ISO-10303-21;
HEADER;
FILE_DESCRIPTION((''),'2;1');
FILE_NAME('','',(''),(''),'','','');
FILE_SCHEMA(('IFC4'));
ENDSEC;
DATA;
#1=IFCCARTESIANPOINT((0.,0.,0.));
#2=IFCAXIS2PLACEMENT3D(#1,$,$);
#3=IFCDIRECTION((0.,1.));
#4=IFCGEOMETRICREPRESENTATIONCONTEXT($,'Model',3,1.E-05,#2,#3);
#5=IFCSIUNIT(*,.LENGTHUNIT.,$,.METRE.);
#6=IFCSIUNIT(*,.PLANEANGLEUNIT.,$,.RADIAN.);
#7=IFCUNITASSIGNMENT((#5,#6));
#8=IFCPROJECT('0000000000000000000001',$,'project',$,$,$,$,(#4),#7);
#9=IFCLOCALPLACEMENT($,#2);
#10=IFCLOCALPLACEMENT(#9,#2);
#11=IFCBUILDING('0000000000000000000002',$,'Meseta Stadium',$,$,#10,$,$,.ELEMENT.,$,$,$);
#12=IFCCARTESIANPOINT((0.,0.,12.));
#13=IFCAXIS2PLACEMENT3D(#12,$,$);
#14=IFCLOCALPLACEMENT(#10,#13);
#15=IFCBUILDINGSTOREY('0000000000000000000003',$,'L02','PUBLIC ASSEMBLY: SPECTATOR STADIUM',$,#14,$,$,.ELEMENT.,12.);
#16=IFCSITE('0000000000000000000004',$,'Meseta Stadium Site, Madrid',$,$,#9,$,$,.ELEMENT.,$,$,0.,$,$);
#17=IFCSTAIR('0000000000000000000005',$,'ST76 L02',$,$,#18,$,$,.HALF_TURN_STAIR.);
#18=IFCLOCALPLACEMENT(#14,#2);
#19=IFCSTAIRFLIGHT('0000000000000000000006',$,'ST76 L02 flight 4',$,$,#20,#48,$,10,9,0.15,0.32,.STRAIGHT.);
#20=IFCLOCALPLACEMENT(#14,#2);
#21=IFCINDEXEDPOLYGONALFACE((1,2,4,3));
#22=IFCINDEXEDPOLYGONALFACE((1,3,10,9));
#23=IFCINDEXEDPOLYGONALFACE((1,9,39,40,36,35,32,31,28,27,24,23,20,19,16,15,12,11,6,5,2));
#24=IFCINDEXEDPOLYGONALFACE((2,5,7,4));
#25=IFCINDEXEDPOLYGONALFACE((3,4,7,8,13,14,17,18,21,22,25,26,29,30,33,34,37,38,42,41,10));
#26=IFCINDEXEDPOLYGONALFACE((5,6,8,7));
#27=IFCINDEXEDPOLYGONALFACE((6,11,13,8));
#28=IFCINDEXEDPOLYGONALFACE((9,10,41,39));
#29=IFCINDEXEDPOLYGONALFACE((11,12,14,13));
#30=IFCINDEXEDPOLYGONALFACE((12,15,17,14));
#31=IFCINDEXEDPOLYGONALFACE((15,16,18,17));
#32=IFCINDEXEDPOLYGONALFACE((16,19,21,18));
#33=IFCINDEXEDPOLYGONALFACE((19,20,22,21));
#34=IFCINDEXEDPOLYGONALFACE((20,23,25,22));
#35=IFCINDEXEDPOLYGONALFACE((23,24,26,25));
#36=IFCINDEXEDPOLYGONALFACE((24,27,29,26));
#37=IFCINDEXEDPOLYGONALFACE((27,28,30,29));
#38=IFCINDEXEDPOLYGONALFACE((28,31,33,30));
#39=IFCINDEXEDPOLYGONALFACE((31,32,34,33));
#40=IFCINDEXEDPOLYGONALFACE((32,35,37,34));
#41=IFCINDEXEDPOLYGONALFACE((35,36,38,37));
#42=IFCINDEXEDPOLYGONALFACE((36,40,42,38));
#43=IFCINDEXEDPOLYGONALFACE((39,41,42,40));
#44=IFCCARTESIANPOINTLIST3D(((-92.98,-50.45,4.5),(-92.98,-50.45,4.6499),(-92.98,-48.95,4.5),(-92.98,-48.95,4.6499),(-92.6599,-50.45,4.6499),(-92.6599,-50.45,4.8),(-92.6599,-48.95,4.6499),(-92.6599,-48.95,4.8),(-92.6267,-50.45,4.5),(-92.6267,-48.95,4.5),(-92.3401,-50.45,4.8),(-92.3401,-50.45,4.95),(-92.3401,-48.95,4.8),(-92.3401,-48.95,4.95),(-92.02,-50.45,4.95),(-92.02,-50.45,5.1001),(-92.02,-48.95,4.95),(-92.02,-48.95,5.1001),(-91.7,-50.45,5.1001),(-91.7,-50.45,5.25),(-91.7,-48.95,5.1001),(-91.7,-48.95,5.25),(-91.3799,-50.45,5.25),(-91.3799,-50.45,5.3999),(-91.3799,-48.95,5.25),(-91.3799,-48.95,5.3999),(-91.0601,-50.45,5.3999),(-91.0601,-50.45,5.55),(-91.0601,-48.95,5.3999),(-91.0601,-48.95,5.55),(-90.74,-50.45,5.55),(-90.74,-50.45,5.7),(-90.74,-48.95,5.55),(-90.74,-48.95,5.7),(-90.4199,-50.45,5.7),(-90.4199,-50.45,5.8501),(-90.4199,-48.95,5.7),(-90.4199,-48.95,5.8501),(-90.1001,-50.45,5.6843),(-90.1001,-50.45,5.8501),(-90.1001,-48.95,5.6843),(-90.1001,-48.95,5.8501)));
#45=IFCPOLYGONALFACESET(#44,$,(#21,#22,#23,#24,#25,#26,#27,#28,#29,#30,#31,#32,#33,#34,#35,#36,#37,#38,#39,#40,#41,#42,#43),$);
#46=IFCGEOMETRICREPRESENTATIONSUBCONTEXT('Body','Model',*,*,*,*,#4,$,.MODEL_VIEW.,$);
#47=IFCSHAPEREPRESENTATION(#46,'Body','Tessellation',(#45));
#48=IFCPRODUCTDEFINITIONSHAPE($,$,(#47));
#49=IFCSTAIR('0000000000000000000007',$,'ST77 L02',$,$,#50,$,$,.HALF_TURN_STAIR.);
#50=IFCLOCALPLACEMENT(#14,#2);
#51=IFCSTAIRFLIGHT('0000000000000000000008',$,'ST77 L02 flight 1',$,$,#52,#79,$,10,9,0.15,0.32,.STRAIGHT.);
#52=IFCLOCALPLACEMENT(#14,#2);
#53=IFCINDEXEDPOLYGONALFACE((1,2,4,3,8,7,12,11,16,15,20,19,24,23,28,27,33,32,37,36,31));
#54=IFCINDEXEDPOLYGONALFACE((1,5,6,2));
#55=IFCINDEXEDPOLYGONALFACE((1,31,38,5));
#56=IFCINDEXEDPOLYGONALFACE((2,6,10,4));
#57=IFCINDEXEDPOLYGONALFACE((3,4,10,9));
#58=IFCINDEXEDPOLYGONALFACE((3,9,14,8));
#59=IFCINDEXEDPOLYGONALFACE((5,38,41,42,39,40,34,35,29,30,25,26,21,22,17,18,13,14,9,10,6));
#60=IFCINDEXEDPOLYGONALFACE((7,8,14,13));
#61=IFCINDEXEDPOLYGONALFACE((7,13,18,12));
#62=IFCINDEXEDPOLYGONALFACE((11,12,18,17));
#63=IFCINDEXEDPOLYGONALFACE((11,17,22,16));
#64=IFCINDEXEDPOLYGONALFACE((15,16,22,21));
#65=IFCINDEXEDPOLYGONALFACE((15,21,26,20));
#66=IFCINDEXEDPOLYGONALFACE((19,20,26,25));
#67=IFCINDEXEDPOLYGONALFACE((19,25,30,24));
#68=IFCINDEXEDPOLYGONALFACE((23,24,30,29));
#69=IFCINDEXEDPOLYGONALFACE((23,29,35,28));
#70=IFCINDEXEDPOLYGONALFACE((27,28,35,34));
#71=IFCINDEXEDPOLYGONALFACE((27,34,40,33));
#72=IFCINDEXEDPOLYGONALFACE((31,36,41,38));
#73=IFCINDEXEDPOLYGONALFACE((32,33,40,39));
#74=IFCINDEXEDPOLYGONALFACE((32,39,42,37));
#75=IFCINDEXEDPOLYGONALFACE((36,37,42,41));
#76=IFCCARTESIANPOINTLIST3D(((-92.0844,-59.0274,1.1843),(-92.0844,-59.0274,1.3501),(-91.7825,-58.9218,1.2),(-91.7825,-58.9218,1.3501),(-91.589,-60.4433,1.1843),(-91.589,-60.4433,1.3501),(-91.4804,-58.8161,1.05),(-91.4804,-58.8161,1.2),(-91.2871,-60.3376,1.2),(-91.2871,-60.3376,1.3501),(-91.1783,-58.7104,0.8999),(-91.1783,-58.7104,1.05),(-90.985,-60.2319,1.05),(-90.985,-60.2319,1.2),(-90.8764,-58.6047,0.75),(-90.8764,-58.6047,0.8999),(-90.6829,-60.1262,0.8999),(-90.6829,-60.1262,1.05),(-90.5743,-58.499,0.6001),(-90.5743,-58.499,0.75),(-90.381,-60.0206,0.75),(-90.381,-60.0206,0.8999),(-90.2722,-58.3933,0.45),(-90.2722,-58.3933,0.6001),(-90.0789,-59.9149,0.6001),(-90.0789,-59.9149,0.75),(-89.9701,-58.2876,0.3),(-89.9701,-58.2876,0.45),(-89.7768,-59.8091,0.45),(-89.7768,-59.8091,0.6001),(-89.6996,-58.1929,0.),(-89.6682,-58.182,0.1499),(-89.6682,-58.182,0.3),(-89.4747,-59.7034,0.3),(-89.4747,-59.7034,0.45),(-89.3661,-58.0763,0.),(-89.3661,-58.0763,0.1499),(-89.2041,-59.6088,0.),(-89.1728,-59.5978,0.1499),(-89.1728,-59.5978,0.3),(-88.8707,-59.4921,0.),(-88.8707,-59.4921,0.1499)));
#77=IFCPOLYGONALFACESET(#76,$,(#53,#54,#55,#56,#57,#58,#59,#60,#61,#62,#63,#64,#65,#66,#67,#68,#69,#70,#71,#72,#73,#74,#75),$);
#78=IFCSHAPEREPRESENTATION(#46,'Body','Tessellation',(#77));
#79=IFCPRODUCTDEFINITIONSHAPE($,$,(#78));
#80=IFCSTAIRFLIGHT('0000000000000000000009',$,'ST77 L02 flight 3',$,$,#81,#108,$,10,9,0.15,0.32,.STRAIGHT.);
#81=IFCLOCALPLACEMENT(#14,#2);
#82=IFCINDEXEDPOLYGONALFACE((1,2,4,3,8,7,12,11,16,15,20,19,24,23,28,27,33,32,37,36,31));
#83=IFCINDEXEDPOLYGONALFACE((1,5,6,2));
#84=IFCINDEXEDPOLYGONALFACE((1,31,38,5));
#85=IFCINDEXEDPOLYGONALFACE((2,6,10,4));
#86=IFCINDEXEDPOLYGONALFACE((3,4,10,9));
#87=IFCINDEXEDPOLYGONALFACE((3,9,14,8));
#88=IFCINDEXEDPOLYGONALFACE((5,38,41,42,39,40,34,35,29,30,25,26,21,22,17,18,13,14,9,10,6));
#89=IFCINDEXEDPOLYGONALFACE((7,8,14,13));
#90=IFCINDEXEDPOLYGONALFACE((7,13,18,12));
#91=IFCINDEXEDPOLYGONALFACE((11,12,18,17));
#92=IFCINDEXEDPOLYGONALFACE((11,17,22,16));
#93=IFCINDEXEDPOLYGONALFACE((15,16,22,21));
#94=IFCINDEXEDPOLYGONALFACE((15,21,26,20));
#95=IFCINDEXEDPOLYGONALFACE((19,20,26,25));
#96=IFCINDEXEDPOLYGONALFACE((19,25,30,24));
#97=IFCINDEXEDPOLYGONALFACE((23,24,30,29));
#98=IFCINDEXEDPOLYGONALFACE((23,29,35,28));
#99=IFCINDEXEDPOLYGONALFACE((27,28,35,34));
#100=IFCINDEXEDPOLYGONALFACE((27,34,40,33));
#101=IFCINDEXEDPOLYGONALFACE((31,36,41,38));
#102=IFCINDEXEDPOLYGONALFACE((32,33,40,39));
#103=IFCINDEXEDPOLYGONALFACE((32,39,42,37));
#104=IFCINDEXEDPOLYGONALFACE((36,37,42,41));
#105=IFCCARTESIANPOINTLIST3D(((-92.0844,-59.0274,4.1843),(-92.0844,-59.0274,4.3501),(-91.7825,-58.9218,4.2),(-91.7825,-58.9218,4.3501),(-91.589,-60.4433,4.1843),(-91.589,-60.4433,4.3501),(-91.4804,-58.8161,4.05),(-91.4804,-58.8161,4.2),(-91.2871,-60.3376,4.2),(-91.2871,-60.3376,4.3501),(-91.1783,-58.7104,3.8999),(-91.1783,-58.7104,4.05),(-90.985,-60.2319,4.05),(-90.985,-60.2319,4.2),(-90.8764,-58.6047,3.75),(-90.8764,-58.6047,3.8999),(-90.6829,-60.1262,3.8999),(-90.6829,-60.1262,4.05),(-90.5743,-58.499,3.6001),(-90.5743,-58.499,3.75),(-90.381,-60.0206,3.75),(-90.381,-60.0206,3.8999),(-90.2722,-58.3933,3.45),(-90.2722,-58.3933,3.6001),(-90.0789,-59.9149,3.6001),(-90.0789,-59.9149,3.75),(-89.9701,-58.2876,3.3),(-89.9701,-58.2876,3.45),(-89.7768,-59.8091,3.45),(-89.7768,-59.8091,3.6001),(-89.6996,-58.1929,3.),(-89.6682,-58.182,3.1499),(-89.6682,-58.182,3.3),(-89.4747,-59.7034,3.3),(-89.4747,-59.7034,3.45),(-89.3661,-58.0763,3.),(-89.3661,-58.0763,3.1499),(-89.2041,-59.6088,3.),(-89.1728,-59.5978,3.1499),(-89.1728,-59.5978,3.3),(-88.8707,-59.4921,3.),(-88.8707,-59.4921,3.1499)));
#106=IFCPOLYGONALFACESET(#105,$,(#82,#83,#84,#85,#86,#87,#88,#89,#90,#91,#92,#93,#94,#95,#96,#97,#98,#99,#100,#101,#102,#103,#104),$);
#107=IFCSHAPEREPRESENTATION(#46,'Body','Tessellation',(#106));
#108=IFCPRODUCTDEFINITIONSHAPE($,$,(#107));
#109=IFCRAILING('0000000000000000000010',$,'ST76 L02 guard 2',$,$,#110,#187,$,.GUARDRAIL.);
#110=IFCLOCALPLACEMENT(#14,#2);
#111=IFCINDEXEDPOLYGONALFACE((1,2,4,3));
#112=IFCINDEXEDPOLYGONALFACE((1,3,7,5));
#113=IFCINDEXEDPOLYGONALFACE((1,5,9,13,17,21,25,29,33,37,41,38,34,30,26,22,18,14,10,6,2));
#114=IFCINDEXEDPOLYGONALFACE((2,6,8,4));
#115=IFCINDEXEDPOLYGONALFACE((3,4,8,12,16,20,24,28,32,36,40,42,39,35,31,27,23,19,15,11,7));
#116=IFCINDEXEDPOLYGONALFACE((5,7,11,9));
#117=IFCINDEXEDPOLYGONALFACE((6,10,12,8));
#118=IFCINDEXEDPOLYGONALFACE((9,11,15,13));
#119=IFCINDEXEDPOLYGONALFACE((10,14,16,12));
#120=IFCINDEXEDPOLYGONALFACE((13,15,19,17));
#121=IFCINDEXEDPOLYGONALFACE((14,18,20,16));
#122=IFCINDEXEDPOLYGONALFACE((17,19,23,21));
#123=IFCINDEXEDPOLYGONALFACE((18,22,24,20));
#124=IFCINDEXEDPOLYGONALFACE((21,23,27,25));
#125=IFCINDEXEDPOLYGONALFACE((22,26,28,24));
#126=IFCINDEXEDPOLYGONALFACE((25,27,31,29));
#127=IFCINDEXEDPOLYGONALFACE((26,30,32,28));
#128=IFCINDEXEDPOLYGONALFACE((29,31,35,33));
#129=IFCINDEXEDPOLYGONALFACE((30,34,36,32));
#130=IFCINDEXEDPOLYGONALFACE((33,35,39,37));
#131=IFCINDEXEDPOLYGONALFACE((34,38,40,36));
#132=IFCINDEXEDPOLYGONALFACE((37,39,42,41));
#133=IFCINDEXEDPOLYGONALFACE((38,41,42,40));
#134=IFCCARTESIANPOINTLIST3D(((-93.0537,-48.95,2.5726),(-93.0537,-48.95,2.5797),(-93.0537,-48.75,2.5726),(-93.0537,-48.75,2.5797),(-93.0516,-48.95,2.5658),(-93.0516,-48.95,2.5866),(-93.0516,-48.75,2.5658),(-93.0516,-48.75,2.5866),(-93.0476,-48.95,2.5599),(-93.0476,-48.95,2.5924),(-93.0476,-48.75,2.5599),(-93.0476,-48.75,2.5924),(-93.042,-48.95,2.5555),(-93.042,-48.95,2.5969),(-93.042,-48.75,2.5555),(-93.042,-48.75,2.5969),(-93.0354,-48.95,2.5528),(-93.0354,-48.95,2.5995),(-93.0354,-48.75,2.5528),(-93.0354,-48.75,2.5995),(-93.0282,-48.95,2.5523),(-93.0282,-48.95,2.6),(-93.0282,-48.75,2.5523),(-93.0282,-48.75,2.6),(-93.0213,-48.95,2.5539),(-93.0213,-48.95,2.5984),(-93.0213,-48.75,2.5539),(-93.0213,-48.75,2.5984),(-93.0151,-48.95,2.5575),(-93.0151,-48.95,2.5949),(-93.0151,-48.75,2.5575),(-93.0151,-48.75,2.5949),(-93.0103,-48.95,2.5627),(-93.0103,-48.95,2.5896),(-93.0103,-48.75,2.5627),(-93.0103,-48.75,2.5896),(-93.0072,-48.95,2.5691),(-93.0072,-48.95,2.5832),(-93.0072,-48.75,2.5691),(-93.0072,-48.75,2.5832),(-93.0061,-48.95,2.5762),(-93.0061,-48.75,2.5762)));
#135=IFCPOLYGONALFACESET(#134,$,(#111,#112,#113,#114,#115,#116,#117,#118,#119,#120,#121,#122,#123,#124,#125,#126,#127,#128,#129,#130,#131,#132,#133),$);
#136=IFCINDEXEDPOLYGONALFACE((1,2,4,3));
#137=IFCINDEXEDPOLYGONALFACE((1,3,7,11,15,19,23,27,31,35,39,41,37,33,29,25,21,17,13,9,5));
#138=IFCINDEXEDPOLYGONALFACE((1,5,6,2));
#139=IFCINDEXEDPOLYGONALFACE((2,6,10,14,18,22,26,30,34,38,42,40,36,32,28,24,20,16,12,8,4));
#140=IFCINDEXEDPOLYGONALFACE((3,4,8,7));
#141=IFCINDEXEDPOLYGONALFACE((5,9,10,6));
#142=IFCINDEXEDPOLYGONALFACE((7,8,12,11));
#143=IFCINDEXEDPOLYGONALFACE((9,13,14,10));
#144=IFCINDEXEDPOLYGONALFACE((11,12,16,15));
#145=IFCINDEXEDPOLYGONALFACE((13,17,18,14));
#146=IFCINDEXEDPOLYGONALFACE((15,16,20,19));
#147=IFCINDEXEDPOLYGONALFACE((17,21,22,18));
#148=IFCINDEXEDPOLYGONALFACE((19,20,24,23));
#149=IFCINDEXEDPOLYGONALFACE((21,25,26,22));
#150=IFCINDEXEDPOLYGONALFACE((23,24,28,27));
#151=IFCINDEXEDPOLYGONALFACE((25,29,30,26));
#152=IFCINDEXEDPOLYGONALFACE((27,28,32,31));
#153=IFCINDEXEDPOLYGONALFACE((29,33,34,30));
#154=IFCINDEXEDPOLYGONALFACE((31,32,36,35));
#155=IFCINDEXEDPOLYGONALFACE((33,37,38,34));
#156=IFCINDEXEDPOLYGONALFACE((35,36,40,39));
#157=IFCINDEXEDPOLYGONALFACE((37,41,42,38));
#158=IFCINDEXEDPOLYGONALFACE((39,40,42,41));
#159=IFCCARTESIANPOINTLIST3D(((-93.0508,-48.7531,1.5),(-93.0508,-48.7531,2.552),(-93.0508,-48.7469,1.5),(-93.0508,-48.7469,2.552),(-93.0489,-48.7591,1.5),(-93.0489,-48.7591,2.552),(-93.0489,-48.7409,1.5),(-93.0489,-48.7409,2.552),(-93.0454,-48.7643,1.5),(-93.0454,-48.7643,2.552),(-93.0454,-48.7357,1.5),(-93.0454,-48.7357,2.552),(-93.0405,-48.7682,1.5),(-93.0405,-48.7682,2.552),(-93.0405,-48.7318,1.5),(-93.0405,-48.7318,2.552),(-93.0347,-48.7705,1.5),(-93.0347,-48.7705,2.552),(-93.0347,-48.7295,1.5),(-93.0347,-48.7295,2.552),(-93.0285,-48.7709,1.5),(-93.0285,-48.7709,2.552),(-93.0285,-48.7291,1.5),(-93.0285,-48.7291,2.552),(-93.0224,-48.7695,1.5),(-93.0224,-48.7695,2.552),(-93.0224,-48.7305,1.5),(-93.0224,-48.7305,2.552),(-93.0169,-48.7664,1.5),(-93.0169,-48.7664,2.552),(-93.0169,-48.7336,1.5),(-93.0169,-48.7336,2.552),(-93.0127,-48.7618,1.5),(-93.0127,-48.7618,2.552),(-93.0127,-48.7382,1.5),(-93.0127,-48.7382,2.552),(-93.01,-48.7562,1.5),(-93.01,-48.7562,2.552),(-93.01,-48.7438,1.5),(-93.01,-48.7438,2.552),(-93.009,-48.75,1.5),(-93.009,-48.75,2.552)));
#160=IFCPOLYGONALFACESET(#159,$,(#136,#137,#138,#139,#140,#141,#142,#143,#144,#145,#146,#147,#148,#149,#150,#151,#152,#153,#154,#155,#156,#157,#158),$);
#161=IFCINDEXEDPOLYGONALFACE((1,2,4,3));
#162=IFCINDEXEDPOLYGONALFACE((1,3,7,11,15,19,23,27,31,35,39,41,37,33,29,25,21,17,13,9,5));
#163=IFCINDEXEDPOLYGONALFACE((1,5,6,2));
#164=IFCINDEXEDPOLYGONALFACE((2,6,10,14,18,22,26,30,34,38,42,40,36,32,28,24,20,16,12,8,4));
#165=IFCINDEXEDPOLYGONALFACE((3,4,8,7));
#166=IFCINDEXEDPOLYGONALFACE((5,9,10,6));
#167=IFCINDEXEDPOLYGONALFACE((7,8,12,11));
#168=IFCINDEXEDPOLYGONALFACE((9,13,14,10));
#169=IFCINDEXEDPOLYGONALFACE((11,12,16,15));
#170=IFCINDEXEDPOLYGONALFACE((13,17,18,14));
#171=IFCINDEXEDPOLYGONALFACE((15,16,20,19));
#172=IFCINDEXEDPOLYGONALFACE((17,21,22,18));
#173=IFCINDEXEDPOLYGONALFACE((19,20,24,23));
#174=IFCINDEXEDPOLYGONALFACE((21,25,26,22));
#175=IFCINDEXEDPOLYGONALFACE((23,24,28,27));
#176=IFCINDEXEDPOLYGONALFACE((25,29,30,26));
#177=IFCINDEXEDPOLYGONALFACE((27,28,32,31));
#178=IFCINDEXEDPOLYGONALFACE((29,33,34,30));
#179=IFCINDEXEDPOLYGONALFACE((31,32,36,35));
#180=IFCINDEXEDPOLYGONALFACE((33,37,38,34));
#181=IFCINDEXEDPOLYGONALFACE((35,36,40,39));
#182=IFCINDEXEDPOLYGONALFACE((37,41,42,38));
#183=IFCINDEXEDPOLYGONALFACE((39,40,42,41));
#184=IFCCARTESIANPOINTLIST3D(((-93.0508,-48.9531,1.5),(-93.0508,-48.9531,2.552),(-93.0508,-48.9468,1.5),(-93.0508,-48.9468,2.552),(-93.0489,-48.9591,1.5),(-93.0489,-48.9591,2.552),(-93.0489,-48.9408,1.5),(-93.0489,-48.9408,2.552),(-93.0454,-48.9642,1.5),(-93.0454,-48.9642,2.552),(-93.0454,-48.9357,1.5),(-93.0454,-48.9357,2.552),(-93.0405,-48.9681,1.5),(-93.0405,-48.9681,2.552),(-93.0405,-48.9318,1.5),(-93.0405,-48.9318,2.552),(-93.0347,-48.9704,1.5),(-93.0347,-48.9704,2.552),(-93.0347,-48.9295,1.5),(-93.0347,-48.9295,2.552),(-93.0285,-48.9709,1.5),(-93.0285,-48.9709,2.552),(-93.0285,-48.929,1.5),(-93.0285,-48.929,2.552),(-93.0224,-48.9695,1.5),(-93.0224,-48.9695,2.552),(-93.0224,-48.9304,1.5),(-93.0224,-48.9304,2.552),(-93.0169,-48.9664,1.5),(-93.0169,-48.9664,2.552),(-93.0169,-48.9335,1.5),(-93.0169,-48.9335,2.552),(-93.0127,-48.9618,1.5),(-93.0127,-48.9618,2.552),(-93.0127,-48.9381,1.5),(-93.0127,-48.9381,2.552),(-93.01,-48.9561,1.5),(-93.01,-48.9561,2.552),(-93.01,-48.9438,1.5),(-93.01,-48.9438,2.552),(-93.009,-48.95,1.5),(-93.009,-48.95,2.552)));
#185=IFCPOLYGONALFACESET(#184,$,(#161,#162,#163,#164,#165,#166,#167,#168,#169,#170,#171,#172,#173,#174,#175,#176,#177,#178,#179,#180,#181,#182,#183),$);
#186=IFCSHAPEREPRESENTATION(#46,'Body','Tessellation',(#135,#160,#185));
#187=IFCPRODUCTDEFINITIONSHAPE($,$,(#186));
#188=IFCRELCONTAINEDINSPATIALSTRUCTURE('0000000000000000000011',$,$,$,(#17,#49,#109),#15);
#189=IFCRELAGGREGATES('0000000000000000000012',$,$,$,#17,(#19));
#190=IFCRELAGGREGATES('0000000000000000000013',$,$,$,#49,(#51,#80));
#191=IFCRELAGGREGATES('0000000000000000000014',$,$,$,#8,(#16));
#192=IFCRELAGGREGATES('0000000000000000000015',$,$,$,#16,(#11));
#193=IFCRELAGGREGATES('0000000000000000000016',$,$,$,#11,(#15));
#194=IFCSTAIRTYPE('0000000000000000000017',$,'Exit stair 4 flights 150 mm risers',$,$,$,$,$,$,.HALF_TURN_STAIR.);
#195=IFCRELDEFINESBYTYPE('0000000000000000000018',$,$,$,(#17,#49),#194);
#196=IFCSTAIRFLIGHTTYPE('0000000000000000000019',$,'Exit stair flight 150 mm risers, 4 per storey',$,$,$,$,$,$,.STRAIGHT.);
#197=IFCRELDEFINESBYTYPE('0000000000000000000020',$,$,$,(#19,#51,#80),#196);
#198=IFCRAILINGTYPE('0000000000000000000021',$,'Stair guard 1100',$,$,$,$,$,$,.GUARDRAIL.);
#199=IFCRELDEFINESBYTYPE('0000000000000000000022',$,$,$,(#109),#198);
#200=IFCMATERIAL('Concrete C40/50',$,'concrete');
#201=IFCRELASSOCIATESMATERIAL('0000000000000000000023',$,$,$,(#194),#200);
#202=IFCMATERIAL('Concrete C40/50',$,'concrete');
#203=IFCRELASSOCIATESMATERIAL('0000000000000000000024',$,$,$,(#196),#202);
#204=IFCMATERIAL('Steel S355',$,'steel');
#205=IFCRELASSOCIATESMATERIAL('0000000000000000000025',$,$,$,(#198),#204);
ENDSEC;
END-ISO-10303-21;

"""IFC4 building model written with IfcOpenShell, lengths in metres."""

from ifc_helpers import new_model, si_unit, direction, frame, origin, origin_2d, place, context, subcontext, project, spatial, polyline, circle, outline, extrude, material, type_object, element, aggregate, save


model = new_model("IFC4")

# Units and contexts
model_context = context("Model", 3, precision=1e-05, world=origin(), true_north=direction((0.0, 1.0)))
body_context = subcontext(model_context, "Body", "Model", "MODEL_VIEW")
ifc_project = project(units=[si_unit("LENGTHUNIT", "METRE"), si_unit("PLANEANGLEUNIT", "RADIAN")], contexts=[model_context])

# Site, building, storey
site_placement = place(None, origin())
site = spatial("IfcSite", under=ifc_project, at=site_placement, Name="Meseta Stadium Site, Madrid", CompositionType="ELEMENT", RefElevation=0.0)
building_placement = place(site_placement, origin())
building = spatial("IfcBuilding", under=site, at=building_placement, Name="Meseta Stadium", CompositionType="ELEMENT")
storey_placement = place(building_placement, frame((0.0, 0.0, 12.0)))
storey = spatial("IfcBuildingStorey", under=building, at=storey_placement, Name="L02", Description="PUBLIC ASSEMBLY: SPECTATOR STADIUM", CompositionType="ELEMENT", Elevation=12.0)

# Stairs, stair flights
ifc_material_1 = material(Name="Concrete C40/50", Category="concrete")
stair_type = type_object("IfcStairType", Name="Exit stair 4 flights 150 mm risers", PredefinedType="HALF_TURN_STAIR", material=ifc_material_1)
stair_1_placement = place(storey_placement, origin())
stair_1 = element("IfcStair", 1, at=stair_1_placement, inside=storey, type_object=stair_type, Name="ST76 L02", PredefinedType="HALF_TURN_STAIR")
ifc_material_2 = material(Name="Concrete C40/50", Category="concrete")
stair_flight_type = type_object("IfcStairFlightType", Name="Exit stair flight 150 mm risers, 4 per storey", PredefinedType="STRAIGHT", material=ifc_material_2)
stair_flight_1_placement = place(storey_placement, frame((-92.98, -49.7, 4.5), z_axis=(0.0, 0.0, 1.0), x_axis=(1.0, 0.0, 0.0)))
stair_flight_1 = element("IfcStairFlight", 2, at=stair_flight_1_placement, type_object=stair_flight_type, Name="ST76 L02 flight 4", NumberOfRisers=10, NumberOfTreads=9, PredefinedType="STRAIGHT", RiserHeight=0.15, TreadLength=0.32, context=body_context, shape_type="SweptSolid", body=[
    extrude(outline(polyline([(0.0, 0.0), (0.0, 0.1499), (0.3201, 0.1499), (0.3201, 0.3), (0.6399, 0.3), (0.6399, 0.45), (0.96, 0.45), (0.96, 0.6001), (1.28, 0.6001), (1.28, 0.75), (1.6001, 0.75), (1.6001, 0.8999), (1.9199, 0.8999), (1.9199, 1.05), (2.24, 1.05), (2.24, 1.2), (2.5601, 1.2), (2.5601, 1.3501), (2.8799, 1.3501), (2.8799, 1.1843), (0.3533, 0.0), (0.0, 0.0)])), frame((0.0, 0.75, 0.0), z_axis=(0.0, -1.0, 0.0), x_axis=(1.0, 0.0, 0.0)), (0.0, 0.0, 1.0), 1.5),
])
aggregate(stair_1, [stair_flight_1])
stair_2_placement = place(storey_placement, origin())
stair_2 = element("IfcStair", 3, at=stair_2_placement, inside=storey, type_object=stair_type, Name="ST77 L02", PredefinedType="HALF_TURN_STAIR")
stair_flight_2_placement = place(storey_placement, frame((-89.1184, -58.7842, 0.0), z_axis=(0.0, 0.0, 1.0), x_axis=(-0.943883, -0.330279, 0.0)))
stair_flight_2 = element("IfcStairFlight", 4, at=stair_flight_2_placement, type_object=stair_flight_type, Name="ST77 L02 flight 1", NumberOfRisers=10, NumberOfTreads=9, PredefinedType="STRAIGHT", RiserHeight=0.15, TreadLength=0.32, context=body_context, shape_type="SweptSolid", body=[
    extrude(outline(polyline([(0.0, 0.0), (0.0, 0.1499), (0.3201, 0.1499), (0.3201, 0.3), (0.6399, 0.3), (0.6399, 0.45), (0.96, 0.45), (0.96, 0.6001), (1.28, 0.6001), (1.28, 0.75), (1.6001, 0.75), (1.6001, 0.8999), (1.9199, 0.8999), (1.9199, 1.05), (2.24, 1.05), (2.24, 1.2), (2.5601, 1.2), (2.5601, 1.3501), (2.8799, 1.3501), (2.8799, 1.1843), (0.3533, 0.0), (0.0, 0.0)])), frame((0.0, 0.75, 0.0), z_axis=(0.0, -1.0, 0.0), x_axis=(1.0, 0.0, 0.0)), (0.0, 0.0, 1.0), 1.5),
])
stair_flight_3_placement = place(storey_placement, frame((-89.1184, -58.7842, 3.0), z_axis=(0.0, 0.0, 1.0), x_axis=(-0.943883, -0.330279, 0.0)))
stair_flight_3 = element("IfcStairFlight", 5, at=stair_flight_3_placement, type_object=stair_flight_type, Name="ST77 L02 flight 3", NumberOfRisers=10, NumberOfTreads=9, PredefinedType="STRAIGHT", RiserHeight=0.15, TreadLength=0.32, context=body_context, shape_type="SweptSolid", body=[
    extrude(outline(polyline([(0.0, 0.0), (0.0, 0.1499), (0.3201, 0.1499), (0.3201, 0.3), (0.6399, 0.3), (0.6399, 0.45), (0.96, 0.45), (0.96, 0.6001), (1.28, 0.6001), (1.28, 0.75), (1.6001, 0.75), (1.6001, 0.8999), (1.9199, 0.8999), (1.9199, 1.05), (2.24, 1.05), (2.24, 1.2), (2.5601, 1.2), (2.5601, 1.3501), (2.8799, 1.3501), (2.8799, 1.1843), (0.3533, 0.0), (0.0, 0.0)])), frame((0.0, 0.75, 0.0), z_axis=(0.0, -1.0, 0.0), x_axis=(1.0, 0.0, 0.0)), (0.0, 0.0, 1.0), 1.5),
])
aggregate(stair_2, [stair_flight_2, stair_flight_3])

# Railing
ifc_material_3 = material(Name="Steel S355", Category="steel")
railing_type_1 = type_object("IfcRailingType", Name="Stair guard 1100", PredefinedType="GUARDRAIL", material=ifc_material_3)
railing_1_placement = place(storey_placement, frame((-93.03, -48.75, 1.5)))
element("IfcRailing", 6, at=railing_1_placement, inside=storey, type_object=railing_type_1, Name="ST76 L02 guard 2", PredefinedType="GUARDRAIL", context=body_context, shape_type="SweptSolid", body=[
    extrude(circle(Radius=0.0239, at=origin_2d()), frame((0.0, 0.0, 1.0762), z_axis=(0.0, -1.0, 0.0), x_axis=(1.0, 0.0, 0.0)), (0.0, 0.0, 1.0), 0.2),
    extrude(circle(Radius=0.021, at=origin_2d()), origin(), (0.0, 0.0, 1.0), 1.052),
    extrude(circle(Radius=0.021, at=origin_2d()), frame((0.0, -0.2, 0.0)), (0.0, 0.0, 1.0), 1.052),
])

save(model, "model.ifc")
